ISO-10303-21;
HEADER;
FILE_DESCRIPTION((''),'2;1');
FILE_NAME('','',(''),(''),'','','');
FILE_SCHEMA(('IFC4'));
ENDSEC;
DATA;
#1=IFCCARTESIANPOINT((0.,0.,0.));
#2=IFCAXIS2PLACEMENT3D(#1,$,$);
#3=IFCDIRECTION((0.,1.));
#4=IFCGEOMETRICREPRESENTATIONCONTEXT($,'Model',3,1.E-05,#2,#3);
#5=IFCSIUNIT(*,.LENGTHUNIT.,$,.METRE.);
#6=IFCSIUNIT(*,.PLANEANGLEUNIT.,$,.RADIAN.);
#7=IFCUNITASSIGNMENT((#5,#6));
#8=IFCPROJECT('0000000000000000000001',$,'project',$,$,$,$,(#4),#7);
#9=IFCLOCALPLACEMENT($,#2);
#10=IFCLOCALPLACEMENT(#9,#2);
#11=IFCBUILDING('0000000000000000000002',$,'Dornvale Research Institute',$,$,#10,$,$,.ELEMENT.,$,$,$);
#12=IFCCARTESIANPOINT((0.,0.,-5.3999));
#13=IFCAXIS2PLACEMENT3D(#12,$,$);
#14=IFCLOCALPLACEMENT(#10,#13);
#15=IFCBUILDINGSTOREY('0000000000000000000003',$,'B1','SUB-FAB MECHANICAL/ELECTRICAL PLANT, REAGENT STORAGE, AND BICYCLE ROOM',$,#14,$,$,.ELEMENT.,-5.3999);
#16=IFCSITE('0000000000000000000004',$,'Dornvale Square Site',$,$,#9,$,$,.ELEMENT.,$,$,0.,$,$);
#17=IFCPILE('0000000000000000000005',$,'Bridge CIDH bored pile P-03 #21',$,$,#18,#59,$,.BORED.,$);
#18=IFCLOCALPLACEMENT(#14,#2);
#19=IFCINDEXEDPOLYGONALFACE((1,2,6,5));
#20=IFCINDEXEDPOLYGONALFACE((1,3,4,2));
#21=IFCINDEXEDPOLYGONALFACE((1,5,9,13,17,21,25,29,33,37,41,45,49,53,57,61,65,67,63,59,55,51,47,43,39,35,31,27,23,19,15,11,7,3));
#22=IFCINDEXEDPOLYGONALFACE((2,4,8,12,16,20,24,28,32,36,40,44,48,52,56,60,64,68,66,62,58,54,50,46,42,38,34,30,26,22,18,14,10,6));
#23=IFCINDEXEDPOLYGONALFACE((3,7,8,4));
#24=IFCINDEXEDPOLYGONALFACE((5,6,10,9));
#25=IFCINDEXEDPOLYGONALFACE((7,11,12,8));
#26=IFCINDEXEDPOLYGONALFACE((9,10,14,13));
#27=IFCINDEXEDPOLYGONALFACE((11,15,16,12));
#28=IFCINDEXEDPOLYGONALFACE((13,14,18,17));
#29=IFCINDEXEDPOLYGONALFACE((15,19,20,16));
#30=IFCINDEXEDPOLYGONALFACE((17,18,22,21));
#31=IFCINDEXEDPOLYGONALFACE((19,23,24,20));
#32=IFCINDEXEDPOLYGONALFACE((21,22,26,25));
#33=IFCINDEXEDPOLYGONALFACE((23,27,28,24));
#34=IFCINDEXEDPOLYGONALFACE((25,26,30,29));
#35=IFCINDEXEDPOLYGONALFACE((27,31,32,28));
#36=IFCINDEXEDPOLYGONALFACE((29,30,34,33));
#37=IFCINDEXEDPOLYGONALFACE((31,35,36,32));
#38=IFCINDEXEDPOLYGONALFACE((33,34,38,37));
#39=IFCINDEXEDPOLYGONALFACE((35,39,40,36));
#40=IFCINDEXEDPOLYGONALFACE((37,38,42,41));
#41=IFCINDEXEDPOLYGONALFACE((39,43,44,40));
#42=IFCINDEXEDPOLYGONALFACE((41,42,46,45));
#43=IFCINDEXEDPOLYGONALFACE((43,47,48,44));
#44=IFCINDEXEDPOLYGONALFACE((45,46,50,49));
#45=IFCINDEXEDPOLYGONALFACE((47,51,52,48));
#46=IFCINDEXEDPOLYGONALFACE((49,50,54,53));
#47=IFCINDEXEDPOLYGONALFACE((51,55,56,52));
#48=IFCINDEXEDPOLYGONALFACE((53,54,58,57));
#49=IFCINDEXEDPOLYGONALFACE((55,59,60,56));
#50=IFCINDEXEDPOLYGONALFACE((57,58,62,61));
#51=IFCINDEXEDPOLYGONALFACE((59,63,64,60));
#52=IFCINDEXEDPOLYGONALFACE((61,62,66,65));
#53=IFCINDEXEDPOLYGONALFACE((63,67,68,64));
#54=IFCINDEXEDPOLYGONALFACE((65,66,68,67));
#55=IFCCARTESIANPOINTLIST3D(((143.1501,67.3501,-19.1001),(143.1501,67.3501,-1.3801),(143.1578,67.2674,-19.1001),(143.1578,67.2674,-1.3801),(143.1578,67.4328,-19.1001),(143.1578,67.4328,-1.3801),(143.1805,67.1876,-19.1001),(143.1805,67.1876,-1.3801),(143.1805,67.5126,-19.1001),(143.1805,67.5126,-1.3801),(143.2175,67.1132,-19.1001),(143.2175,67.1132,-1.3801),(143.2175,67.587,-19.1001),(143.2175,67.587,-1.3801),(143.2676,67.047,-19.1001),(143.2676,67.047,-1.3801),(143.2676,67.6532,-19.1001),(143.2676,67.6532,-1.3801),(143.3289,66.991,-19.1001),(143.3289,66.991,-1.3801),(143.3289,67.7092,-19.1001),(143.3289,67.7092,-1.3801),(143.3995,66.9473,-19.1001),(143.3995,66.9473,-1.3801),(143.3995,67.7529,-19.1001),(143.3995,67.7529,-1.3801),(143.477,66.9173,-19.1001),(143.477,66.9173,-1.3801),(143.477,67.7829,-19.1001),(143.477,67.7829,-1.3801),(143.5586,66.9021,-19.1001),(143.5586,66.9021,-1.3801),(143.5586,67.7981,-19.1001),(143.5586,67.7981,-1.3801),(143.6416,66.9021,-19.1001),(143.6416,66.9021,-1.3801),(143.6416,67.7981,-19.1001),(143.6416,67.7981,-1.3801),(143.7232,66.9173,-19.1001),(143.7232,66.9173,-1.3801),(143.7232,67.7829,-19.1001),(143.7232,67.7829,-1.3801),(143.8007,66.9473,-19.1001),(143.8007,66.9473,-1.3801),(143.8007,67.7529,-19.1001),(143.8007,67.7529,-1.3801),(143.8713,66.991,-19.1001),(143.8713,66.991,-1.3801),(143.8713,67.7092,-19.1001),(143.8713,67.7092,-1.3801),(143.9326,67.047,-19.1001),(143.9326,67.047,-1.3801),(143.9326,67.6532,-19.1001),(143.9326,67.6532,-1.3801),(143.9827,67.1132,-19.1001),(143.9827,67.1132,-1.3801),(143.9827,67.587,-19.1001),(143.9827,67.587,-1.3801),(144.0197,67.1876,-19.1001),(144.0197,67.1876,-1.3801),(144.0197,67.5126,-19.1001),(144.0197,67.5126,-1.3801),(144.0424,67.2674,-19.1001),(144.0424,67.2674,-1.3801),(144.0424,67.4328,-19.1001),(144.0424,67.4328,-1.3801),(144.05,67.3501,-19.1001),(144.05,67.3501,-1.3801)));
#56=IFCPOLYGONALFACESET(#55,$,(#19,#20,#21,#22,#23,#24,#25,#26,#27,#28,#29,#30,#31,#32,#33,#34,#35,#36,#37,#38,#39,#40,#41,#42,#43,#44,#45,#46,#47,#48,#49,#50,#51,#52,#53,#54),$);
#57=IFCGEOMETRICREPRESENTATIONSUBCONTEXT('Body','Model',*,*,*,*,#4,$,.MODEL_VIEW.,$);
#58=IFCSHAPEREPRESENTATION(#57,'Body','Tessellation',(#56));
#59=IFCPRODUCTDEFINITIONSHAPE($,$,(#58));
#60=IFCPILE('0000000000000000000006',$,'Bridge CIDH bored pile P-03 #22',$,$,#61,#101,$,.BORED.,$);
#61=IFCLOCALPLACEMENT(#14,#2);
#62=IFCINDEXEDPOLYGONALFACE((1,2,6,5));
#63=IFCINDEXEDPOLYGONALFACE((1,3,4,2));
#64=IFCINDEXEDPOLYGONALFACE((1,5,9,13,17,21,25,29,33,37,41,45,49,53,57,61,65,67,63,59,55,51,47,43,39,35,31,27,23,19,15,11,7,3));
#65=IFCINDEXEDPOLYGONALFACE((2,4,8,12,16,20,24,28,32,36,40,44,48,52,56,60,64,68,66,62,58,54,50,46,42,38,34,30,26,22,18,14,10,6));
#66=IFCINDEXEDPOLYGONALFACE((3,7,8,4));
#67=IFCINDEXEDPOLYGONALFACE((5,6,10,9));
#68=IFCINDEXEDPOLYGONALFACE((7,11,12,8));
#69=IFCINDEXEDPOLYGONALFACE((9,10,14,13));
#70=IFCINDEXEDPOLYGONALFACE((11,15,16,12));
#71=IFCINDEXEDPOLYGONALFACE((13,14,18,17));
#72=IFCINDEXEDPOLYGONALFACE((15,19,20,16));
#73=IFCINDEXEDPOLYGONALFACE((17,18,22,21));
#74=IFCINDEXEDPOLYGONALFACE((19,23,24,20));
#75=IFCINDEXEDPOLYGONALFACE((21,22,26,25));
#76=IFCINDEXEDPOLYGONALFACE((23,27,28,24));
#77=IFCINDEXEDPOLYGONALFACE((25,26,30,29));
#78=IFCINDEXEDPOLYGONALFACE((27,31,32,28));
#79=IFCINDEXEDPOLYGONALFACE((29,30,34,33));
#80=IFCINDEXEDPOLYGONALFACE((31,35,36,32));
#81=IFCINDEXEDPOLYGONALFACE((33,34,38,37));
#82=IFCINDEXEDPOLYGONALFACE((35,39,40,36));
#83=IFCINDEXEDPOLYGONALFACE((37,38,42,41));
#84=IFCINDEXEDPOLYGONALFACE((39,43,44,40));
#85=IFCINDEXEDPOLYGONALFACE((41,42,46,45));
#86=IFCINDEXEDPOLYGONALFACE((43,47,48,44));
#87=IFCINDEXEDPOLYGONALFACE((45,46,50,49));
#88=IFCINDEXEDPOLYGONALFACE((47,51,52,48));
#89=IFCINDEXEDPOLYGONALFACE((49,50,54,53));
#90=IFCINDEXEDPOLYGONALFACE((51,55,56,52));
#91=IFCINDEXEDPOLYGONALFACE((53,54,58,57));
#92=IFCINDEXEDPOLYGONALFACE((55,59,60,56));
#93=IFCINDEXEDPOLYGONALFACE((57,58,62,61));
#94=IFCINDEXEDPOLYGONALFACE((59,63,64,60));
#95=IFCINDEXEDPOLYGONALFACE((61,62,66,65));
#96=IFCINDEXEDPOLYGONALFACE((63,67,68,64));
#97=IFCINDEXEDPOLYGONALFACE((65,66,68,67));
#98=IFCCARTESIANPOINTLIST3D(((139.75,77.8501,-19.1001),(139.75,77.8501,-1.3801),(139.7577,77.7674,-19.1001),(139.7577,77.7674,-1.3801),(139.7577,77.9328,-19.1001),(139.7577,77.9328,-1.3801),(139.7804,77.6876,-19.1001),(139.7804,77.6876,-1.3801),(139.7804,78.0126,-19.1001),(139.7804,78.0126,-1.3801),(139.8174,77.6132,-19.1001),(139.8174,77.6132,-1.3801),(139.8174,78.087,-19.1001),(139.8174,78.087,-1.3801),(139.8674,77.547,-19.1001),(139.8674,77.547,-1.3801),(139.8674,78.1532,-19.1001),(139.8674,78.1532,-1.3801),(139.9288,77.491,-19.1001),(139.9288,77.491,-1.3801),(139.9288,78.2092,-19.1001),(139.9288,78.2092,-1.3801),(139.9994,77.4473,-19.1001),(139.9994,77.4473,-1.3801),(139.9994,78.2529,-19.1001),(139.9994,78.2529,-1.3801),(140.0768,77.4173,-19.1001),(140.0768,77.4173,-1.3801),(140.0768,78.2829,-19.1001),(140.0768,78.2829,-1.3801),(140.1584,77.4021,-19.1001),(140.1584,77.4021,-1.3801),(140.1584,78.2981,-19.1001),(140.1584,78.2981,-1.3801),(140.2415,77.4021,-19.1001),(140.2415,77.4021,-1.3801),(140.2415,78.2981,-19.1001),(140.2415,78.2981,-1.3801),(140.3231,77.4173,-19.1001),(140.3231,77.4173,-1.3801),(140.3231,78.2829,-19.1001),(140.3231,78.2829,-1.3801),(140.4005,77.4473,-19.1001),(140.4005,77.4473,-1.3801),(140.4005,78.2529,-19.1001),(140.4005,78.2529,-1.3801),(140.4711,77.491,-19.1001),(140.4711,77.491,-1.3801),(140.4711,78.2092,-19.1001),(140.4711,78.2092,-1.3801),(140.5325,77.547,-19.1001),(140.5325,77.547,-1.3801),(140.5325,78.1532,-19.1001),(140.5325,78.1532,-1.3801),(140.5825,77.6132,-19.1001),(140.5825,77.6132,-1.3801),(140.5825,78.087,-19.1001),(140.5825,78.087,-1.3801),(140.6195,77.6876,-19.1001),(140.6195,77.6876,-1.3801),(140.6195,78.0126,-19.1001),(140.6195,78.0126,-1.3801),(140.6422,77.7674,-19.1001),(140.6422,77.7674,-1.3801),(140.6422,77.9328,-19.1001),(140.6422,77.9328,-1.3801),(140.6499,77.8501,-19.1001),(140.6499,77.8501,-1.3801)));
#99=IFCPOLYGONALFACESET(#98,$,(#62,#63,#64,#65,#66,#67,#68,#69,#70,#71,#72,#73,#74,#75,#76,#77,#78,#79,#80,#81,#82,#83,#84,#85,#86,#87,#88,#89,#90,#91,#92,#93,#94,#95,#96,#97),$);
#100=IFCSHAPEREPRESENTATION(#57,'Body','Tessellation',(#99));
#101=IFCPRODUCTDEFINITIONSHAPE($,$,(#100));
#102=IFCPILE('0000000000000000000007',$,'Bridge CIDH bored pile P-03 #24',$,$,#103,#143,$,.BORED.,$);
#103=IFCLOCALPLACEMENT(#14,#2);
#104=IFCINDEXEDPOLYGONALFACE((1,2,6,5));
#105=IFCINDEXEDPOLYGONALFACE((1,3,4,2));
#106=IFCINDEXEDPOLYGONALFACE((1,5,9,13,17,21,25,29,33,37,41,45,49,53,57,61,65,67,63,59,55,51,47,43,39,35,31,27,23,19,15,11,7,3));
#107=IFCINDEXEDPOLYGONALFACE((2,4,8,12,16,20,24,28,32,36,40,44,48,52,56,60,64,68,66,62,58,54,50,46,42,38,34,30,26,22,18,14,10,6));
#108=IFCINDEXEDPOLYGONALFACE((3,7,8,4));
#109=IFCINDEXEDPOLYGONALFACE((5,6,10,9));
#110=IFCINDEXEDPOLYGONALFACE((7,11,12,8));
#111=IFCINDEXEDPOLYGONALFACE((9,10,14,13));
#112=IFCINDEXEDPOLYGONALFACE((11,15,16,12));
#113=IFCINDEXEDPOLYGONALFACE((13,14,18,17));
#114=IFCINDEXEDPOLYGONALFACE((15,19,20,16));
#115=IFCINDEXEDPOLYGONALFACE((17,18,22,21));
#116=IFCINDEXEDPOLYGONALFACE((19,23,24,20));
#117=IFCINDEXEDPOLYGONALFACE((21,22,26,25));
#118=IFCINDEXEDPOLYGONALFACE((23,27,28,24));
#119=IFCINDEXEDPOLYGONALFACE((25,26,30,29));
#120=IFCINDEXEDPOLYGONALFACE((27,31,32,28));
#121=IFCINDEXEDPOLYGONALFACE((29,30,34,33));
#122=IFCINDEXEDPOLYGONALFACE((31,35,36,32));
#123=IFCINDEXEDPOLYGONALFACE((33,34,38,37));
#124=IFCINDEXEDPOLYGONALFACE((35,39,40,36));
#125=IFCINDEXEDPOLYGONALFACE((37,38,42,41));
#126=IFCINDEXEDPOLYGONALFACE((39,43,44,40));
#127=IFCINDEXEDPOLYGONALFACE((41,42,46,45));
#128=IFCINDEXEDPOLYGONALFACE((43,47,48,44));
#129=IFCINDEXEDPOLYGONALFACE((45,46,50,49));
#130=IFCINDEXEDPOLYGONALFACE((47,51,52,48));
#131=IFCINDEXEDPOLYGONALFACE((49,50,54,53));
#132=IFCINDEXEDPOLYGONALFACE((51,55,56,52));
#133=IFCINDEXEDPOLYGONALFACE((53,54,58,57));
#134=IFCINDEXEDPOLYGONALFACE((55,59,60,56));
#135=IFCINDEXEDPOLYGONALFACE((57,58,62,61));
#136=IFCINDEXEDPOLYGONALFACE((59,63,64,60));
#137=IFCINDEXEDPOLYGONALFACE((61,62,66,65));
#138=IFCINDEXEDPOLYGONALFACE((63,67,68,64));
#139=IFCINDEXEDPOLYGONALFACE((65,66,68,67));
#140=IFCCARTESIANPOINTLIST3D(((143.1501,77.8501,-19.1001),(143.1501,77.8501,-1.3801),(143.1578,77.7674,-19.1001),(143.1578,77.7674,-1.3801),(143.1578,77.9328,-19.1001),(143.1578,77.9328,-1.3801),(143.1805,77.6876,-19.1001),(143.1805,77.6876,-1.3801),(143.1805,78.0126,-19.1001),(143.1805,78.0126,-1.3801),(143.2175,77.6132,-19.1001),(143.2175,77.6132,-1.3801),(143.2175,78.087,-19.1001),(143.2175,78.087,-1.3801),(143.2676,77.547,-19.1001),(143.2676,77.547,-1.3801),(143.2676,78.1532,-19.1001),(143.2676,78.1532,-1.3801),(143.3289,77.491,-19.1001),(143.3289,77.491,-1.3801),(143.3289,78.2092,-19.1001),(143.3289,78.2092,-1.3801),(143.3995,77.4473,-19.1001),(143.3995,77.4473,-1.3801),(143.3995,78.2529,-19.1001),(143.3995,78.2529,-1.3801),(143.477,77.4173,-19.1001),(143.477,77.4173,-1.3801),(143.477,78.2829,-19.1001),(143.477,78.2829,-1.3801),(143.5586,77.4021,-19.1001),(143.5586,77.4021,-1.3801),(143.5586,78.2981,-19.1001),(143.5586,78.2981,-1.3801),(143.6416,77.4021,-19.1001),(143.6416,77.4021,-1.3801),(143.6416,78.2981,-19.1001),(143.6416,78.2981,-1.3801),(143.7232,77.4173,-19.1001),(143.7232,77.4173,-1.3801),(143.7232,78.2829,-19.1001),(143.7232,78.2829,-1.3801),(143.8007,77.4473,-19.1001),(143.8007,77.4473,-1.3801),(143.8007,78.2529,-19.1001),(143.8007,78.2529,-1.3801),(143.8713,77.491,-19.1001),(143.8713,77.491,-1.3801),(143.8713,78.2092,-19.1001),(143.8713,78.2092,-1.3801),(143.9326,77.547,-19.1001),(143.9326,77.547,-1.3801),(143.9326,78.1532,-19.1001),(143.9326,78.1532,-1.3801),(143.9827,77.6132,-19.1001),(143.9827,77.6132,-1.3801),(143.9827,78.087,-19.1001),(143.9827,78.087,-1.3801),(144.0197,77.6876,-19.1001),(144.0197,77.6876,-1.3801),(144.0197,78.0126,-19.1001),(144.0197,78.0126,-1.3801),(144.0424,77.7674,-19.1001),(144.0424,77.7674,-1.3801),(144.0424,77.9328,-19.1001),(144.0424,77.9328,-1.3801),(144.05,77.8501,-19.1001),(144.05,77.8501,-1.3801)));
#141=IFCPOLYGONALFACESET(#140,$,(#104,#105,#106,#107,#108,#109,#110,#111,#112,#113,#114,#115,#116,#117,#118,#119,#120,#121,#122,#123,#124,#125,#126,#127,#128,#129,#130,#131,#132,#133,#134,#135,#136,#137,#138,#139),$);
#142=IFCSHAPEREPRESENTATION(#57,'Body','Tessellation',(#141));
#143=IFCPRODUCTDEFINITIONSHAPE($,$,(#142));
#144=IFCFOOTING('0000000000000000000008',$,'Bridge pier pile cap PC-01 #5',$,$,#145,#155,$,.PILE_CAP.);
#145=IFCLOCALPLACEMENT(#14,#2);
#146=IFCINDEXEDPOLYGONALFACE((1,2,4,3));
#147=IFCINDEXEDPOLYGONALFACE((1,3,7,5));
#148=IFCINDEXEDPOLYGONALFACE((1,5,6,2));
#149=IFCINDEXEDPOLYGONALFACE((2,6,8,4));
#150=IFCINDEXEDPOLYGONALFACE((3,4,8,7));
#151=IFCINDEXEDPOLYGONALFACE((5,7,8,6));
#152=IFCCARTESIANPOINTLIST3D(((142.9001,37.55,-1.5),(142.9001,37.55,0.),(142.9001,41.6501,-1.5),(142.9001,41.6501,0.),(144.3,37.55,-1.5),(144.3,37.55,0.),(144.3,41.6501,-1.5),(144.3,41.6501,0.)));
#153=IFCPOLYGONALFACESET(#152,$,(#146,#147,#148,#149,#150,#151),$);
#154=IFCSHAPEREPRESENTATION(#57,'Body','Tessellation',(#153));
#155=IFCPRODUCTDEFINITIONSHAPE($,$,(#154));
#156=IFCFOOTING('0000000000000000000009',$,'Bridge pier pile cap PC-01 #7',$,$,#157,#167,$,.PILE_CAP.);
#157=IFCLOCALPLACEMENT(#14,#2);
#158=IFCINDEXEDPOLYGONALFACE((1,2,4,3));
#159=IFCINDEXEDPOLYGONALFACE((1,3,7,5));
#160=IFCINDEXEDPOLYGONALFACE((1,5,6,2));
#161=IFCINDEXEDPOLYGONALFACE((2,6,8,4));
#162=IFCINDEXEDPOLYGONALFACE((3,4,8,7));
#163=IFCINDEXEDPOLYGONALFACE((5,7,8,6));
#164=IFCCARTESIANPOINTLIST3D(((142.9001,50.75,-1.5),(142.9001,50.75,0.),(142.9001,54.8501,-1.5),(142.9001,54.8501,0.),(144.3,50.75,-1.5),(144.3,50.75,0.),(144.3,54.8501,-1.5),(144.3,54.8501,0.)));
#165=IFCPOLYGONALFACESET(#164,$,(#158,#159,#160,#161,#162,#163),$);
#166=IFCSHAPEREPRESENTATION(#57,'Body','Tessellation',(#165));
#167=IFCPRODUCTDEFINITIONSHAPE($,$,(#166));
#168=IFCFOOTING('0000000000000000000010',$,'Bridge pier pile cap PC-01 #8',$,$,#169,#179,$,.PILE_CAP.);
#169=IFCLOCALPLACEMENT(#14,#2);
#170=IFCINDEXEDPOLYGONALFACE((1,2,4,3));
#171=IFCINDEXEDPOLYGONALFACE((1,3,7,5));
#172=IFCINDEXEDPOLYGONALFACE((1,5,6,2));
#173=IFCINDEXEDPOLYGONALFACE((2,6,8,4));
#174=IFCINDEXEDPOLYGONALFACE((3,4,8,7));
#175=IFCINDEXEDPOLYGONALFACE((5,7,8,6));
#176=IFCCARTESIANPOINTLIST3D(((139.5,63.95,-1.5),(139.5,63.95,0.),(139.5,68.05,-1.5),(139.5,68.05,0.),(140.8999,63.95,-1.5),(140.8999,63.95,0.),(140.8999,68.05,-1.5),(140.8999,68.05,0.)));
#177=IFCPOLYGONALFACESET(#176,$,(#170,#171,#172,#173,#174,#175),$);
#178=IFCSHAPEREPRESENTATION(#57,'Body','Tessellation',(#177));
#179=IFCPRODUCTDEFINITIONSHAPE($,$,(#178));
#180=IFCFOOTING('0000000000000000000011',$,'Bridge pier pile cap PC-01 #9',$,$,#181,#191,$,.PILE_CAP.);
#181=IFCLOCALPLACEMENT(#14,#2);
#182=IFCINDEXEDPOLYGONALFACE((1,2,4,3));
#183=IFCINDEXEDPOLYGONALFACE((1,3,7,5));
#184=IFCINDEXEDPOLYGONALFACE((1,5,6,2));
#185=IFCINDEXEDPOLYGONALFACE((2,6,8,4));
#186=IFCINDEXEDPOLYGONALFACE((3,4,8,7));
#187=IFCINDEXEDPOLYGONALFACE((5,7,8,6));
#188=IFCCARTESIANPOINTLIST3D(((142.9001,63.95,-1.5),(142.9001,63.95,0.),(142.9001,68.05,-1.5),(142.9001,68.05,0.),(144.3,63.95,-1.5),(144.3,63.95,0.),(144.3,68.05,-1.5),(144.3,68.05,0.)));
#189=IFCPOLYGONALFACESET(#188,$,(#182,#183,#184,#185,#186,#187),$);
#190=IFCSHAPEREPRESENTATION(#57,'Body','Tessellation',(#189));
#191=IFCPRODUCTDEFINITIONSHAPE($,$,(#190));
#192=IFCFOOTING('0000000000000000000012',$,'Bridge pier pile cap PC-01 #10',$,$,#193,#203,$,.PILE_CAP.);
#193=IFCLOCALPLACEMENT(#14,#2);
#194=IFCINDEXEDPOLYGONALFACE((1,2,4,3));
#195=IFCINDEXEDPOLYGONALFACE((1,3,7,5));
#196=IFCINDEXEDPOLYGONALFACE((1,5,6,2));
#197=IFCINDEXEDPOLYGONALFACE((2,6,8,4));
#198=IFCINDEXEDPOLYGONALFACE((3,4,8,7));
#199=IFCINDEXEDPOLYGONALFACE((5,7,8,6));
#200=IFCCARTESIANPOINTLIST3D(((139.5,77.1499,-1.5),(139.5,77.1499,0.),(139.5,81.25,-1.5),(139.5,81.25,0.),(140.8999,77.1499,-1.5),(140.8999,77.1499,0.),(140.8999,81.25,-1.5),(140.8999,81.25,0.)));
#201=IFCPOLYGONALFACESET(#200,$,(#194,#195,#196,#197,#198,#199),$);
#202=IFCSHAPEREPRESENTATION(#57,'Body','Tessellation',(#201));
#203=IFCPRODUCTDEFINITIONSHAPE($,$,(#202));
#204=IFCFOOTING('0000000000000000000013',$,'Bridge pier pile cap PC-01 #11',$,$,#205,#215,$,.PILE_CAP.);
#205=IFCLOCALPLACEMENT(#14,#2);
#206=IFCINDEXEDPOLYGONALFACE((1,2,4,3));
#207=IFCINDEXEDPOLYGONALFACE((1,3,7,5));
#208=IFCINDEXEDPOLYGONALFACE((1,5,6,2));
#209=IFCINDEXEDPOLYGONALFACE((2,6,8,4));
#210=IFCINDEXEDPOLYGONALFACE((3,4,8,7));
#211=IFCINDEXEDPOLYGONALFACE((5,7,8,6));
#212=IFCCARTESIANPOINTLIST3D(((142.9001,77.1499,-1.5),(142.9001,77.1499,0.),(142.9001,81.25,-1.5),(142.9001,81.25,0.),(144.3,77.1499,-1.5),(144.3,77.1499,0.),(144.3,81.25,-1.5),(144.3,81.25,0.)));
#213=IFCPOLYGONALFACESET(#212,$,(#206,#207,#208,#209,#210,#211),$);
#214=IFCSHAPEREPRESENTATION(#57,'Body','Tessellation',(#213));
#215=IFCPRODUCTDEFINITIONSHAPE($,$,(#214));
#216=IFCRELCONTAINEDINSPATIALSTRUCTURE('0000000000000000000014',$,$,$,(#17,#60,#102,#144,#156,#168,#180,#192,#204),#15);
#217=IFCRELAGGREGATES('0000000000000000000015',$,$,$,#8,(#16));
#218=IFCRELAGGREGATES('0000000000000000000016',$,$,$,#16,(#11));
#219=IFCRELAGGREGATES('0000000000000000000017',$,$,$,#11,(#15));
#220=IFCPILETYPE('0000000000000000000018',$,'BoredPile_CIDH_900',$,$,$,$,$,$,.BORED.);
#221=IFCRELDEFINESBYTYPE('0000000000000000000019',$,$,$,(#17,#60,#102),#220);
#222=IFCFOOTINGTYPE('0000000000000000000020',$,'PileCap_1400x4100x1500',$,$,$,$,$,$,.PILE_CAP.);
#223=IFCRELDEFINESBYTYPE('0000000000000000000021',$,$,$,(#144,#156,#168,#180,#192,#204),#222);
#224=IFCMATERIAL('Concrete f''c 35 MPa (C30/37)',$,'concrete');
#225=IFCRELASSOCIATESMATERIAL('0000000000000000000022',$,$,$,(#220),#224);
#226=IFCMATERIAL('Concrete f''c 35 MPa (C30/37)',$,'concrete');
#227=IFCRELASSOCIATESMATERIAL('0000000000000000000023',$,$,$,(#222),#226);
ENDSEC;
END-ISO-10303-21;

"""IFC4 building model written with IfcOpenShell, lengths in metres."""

from ifc_helpers import new_model, si_unit, direction, frame, origin, origin_2d, place, context, subcontext, project, spatial, rectangle, circle, extrude, material, material_profile, profile_set, type_object, element, save


model = new_model("IFC4")

# Units and contexts
model_context = context("Model", 3, precision=1e-05, world=origin(), true_north=direction((0.0, 1.0)))
body_context = subcontext(model_context, "Body", "Model", "MODEL_VIEW")
ifc_project = project(units=[si_unit("LENGTHUNIT", "METRE"), si_unit("PLANEANGLEUNIT", "RADIAN")], contexts=[model_context])

# Site, building, storey
site_placement = place(None, origin())
site = spatial("IfcSite", under=ifc_project, at=site_placement, Name="Dornvale Square Site", CompositionType="ELEMENT", RefElevation=0.0)
building_placement = place(site_placement, origin())
building = spatial("IfcBuilding", under=site, at=building_placement, Name="Dornvale Research Institute", CompositionType="ELEMENT")
storey_placement = place(building_placement, frame((0.0, 0.0, -5.3999)))
storey = spatial("IfcBuildingStorey", under=building, at=storey_placement, Name="B1", Description="SUB-FAB MECHANICAL/ELECTRICAL PLANT, REAGENT STORAGE, AND BICYCLE ROOM", CompositionType="ELEMENT", Elevation=-5.3999)

# Piles
ifc_material_1 = material(Name="Concrete f'c 35 MPa (C30/37)", Category="concrete")
ifc_material_profile_1 = material_profile(ifc_material_1, circle(Radius=0.45, at=origin_2d()), Name="CIDH PILE D900")
ifc_profile_set_1 = profile_set([ifc_material_profile_1], Name="Concrete f'c 35 MPa (C30/37)")
pile_type = type_object("IfcPileType", Name="BoredPile_CIDH_900", PredefinedType="BORED", material=ifc_profile_set_1)
for number, where, z_axis, x_axis, name in (
    (1, (143.6001, 67.3501, -1.3801), (0.0, 0.0, -1.0), (1.0, 0.0, 0.0), "Bridge CIDH bored pile P-03 #21"),
    (2, (140.2, 77.8501, -1.3801), (0.0, 0.0, -1.0), (1.0, 0.0, 0.0), "Bridge CIDH bored pile P-03 #22"),
    (3, (143.6001, 77.8501, -1.3801), (0.0, 0.0, -1.0), (1.0, 0.0, 0.0), "Bridge CIDH bored pile P-03 #24"),
):
    element("IfcPile", number, at=place(storey_placement, frame(where, z_axis=z_axis, x_axis=x_axis)), inside=storey, type_object=pile_type, Name=name, PredefinedType="BORED", context=body_context, shape_type="SweptSolid", body=[
        extrude(circle(Radius=0.45, at=origin_2d()), origin(), (0.0, 0.0, 1.0), 17.72),
    ])

# Footings
ifc_material_2 = material(Name="Concrete f'c 35 MPa (C30/37)", Category="concrete")
footing_type = type_object("IfcFootingType", Name="PileCap_1400x4100x1500", PredefinedType="PILE_CAP", material=ifc_material_2)
for number, where, z_axis, x_axis, name in (
    (4, (143.6001, 39.6001, -1.5), (0.0, 0.0, 1.0), (1.0, 0.0, 0.0), "Bridge pier pile cap PC-01 #5"),
    (5, (143.6001, 52.8, -1.5), (0.0, 0.0, 1.0), (1.0, 0.0, 0.0), "Bridge pier pile cap PC-01 #7"),
    (6, (140.2, 66.0, -1.5), (0.0, 0.0, 1.0), (1.0, 0.0, 0.0), "Bridge pier pile cap PC-01 #8"),
    (7, (143.6001, 66.0, -1.5), (0.0, 0.0, 1.0), (1.0, 0.0, 0.0), "Bridge pier pile cap PC-01 #9"),
    (8, (140.2, 79.2, -1.5), (0.0, 0.0, 1.0), (1.0, 0.0, 0.0), "Bridge pier pile cap PC-01 #10"),
    (9, (143.6001, 79.2, -1.5), (0.0, 0.0, 1.0), (1.0, 0.0, 0.0), "Bridge pier pile cap PC-01 #11"),
):
    element("IfcFooting", number, at=place(storey_placement, frame(where, z_axis=z_axis, x_axis=x_axis)), inside=storey, type_object=footing_type, Name=name, PredefinedType="PILE_CAP", context=body_context, shape_type="SweptSolid", body=[
        extrude(rectangle(XDim=1.3999, YDim=4.1001, at=origin_2d()), origin(), (0.0, 0.0, 1.0), 1.5),
    ])

save(model, "model.ifc")
